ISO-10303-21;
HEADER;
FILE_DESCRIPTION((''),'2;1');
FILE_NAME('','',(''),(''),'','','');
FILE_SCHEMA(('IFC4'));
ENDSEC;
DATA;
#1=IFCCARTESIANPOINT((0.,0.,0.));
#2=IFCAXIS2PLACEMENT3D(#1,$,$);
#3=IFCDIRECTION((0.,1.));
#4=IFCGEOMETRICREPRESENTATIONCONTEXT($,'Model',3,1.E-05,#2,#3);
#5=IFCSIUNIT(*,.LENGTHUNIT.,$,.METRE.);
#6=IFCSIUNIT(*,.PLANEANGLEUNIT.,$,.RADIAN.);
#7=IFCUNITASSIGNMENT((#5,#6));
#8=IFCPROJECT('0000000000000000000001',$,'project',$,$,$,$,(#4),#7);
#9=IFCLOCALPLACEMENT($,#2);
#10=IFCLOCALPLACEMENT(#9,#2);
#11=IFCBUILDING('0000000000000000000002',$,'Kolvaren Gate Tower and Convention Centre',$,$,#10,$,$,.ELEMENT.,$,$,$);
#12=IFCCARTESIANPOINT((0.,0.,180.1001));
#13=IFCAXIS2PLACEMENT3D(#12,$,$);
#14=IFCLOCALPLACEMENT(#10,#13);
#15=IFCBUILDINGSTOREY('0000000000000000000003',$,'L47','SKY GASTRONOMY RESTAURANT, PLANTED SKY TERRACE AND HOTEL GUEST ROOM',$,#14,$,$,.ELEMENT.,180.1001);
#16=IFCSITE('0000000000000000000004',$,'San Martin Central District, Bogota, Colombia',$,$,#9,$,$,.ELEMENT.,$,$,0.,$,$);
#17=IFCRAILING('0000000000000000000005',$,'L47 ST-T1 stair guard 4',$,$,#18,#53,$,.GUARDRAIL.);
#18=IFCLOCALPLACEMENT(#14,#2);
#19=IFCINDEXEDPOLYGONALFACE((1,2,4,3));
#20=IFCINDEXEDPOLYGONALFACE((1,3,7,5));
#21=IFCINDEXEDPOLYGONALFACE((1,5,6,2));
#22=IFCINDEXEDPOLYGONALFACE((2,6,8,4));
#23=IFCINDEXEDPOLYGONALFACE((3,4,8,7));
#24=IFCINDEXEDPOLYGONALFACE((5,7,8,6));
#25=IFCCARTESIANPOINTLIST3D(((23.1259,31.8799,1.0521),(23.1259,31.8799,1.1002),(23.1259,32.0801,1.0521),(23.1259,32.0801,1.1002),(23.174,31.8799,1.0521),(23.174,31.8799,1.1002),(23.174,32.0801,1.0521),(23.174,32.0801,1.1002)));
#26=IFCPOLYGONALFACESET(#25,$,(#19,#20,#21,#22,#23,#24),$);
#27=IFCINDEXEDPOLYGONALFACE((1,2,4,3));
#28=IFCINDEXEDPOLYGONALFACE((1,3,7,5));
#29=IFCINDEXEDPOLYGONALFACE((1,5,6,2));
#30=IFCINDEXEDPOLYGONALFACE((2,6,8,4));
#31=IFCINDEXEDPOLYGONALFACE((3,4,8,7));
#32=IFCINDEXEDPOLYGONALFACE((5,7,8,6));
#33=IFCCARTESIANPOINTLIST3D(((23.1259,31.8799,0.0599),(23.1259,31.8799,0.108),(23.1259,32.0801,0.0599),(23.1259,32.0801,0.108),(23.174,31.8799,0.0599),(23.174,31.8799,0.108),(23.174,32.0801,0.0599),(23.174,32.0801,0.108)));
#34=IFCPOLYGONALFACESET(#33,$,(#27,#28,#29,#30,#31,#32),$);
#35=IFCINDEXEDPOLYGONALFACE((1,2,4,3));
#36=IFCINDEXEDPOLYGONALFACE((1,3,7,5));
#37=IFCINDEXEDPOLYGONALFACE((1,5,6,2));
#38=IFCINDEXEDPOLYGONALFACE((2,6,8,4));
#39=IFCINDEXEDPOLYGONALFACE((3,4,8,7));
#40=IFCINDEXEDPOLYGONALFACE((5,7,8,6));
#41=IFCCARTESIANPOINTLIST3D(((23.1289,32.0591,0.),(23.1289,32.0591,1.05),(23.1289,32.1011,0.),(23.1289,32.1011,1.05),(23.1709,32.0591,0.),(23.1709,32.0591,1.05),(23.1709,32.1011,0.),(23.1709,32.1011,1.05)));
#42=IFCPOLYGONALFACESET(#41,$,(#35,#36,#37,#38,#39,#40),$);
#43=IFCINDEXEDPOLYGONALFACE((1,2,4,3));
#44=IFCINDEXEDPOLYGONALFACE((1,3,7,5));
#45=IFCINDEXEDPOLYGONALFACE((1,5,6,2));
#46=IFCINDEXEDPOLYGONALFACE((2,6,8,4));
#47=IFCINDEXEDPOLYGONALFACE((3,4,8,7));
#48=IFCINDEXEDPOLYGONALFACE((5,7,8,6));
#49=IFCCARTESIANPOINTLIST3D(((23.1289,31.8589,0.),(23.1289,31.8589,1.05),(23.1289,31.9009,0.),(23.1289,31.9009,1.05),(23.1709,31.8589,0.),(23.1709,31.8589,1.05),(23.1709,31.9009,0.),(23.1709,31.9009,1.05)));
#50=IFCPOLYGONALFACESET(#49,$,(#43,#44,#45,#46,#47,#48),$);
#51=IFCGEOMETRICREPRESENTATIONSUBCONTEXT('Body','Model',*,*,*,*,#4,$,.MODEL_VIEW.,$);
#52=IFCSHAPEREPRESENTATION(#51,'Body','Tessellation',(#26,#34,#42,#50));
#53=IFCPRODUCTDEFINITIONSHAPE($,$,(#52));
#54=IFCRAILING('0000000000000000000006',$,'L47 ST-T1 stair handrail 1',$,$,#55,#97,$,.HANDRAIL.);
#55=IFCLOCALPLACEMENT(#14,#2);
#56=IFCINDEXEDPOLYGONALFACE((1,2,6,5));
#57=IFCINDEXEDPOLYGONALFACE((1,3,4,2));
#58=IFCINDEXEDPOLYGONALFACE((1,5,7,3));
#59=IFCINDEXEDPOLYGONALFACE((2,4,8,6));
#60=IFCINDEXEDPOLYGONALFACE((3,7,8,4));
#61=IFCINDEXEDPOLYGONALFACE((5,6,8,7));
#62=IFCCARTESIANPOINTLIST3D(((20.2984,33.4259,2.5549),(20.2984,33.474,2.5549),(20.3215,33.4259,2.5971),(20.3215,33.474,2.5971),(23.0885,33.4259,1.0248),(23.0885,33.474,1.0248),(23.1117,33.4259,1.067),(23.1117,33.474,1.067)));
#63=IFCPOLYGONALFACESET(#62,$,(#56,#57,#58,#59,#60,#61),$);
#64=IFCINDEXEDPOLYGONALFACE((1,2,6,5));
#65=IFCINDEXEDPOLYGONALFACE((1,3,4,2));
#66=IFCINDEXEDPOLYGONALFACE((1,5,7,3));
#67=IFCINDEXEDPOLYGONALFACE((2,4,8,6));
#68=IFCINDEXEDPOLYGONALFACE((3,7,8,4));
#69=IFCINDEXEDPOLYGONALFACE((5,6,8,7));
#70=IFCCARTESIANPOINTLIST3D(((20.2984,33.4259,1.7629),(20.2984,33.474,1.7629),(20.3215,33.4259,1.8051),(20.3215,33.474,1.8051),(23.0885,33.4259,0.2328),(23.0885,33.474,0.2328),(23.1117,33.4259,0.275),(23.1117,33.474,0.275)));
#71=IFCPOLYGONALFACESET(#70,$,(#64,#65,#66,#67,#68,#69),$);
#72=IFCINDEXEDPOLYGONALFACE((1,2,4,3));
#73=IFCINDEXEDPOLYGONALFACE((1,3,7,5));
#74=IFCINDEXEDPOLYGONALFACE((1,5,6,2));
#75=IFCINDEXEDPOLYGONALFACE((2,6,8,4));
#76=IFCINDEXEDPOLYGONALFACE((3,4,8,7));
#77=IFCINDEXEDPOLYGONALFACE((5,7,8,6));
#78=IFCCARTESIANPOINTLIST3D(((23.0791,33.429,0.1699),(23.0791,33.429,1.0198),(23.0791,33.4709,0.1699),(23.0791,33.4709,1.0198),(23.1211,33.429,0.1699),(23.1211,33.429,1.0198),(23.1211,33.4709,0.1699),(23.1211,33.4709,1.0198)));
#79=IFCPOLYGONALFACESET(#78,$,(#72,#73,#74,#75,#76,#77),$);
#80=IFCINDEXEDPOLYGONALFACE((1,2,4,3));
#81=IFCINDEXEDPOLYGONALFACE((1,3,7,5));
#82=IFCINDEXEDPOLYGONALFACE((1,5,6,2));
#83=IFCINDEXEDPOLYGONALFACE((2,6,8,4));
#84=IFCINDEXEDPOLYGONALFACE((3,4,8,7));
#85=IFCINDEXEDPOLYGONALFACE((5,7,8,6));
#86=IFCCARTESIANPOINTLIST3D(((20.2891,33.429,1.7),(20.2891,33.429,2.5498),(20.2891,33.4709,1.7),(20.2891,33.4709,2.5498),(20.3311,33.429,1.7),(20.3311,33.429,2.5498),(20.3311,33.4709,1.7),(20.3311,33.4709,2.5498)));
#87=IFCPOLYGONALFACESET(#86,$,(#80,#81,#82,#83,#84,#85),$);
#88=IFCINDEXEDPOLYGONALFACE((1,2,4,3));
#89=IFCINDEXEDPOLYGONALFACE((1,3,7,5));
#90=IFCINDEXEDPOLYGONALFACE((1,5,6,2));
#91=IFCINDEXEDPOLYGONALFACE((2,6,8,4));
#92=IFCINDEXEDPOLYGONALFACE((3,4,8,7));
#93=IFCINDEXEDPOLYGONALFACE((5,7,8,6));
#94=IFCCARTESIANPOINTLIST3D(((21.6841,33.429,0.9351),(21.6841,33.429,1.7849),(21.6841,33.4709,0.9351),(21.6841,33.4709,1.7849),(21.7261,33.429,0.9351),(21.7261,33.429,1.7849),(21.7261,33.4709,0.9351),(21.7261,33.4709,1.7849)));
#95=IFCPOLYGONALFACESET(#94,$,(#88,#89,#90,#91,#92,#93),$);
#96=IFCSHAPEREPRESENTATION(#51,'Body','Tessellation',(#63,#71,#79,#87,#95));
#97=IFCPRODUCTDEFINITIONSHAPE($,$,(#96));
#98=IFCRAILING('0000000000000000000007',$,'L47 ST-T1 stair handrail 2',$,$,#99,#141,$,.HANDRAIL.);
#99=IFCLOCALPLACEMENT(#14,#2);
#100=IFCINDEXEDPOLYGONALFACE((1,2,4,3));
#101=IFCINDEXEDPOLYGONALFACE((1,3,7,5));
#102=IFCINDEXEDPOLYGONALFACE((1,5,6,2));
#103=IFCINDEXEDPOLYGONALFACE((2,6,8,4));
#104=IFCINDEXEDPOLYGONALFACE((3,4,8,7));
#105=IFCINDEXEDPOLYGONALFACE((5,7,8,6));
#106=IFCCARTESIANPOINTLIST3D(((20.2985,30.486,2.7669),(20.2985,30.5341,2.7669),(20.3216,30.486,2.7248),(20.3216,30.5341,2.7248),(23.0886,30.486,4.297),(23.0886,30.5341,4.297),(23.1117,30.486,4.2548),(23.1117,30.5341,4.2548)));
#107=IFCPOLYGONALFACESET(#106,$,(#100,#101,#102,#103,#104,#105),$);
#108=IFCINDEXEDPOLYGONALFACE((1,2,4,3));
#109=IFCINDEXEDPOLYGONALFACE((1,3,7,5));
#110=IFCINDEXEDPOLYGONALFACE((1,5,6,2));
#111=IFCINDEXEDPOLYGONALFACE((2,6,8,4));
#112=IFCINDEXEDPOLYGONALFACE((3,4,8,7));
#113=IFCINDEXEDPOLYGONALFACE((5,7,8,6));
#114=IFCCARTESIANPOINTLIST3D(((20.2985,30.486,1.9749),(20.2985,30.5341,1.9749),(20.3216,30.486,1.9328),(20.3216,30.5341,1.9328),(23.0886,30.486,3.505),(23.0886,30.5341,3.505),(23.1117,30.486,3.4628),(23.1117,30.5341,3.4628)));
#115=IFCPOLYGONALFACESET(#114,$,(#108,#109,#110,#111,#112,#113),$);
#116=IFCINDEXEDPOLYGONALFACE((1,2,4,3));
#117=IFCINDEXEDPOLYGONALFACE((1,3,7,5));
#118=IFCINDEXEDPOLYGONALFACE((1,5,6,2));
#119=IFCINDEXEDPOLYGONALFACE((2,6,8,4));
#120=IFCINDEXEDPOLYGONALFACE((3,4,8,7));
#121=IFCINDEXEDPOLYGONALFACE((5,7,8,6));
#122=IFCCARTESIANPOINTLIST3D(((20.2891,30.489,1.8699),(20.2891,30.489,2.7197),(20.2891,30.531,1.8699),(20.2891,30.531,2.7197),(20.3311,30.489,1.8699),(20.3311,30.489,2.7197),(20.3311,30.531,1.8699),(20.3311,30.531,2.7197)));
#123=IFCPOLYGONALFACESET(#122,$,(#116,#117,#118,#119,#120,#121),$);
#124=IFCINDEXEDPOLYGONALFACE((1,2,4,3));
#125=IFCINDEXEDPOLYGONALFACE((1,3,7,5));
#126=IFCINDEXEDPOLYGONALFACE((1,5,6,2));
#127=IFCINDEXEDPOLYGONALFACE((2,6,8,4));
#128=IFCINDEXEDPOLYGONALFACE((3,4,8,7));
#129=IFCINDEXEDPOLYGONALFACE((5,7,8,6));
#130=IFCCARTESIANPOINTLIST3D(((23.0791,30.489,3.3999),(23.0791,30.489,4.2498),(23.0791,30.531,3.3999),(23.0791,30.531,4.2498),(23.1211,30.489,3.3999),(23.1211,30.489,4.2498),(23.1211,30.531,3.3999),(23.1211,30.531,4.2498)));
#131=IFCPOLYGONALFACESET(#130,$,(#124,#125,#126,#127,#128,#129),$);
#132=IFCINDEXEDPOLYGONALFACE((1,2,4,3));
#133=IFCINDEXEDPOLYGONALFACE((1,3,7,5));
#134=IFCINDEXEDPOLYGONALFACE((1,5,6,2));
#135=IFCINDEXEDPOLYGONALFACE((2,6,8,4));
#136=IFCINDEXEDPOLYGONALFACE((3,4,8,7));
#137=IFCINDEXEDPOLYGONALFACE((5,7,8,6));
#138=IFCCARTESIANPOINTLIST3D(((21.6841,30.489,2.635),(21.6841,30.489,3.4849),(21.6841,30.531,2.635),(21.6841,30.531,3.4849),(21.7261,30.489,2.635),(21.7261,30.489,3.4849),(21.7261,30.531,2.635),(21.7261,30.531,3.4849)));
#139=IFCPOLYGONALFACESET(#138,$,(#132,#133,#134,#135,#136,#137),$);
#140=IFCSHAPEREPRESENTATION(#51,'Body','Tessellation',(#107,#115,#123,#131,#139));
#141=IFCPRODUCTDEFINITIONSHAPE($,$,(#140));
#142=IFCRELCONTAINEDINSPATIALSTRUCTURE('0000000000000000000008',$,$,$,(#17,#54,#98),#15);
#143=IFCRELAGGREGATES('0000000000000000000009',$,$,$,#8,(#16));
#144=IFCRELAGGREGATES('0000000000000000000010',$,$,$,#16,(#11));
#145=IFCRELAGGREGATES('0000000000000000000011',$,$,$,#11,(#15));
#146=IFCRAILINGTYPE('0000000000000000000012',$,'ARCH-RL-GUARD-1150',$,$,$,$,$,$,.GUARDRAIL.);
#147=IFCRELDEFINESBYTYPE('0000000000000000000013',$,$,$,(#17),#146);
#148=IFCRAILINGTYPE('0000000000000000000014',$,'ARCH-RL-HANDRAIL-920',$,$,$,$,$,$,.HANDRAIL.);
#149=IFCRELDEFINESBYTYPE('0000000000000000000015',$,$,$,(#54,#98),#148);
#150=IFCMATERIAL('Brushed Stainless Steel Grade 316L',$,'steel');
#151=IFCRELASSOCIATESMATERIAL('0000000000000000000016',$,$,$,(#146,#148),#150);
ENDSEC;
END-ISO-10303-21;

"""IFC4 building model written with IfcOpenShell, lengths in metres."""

from ifc_helpers import new_model, si_unit, direction, frame, origin, origin_2d, place, context, subcontext, project, spatial, rectangle, extrude, material, type_object, element, save


model = new_model("IFC4")

# Units and contexts
model_context = context("Model", 3, precision=1e-05, world=origin(), true_north=direction((0.0, 1.0)))
body_context = subcontext(model_context, "Body", "Model", "MODEL_VIEW")
ifc_project = project(units=[si_unit("LENGTHUNIT", "METRE"), si_unit("PLANEANGLEUNIT", "RADIAN")], contexts=[model_context])

# Site, building, storey
site_placement = place(None, origin())
site = spatial("IfcSite", under=ifc_project, at=site_placement, Name="San Martin Central District, Bogota, Colombia", CompositionType="ELEMENT", RefElevation=0.0)
building_placement = place(site_placement, origin())
building = spatial("IfcBuilding", under=site, at=building_placement, Name="Kolvaren Gate Tower and Convention Centre", CompositionType="ELEMENT")
storey_placement = place(building_placement, frame((0.0, 0.0, 180.1001)))
storey = spatial("IfcBuildingStorey", under=building, at=storey_placement, Name="L47", Description="SKY GASTRONOMY RESTAURANT, PLANTED SKY TERRACE AND HOTEL GUEST ROOM", CompositionType="ELEMENT", Elevation=180.1001)

# Shared definitions
ifc_material_1 = material(Name="Brushed Stainless Steel Grade 316L", Category="steel")

# Railings
railing_type_1 = type_object("IfcRailingType", Name="ARCH-RL-GUARD-1150", PredefinedType="GUARDRAIL", material=ifc_material_1)
railing_1_placement = place(storey_placement, frame((23.1499, 32.0801, 0.0)))
element("IfcRailing", 1, at=railing_1_placement, inside=storey, type_object=railing_type_1, Name="L47 ST-T1 stair guard 4", PredefinedType="GUARDRAIL", context=body_context, shape_type="SweptSolid", body=[
    extrude(rectangle(XDim=0.0481, YDim=0.0481, at=origin_2d()), frame((0.0, 0.0, 1.0762), z_axis=(0.0, -1.0, 0.0), x_axis=(1.0, 0.0, 0.0)), (0.0, 0.0, 1.0), 0.2002),
    extrude(rectangle(XDim=0.0481, YDim=0.0481, at=origin_2d()), frame((0.0, 0.0, 0.084), z_axis=(0.0, -1.0, 0.0), x_axis=(1.0, 0.0, 0.0)), (0.0, 0.0, 1.0), 0.2002),
    extrude(rectangle(XDim=0.042, YDim=0.042, at=origin_2d()), origin(), (0.0, 0.0, 1.0), 1.05),
    extrude(rectangle(XDim=0.042, YDim=0.042, at=origin_2d()), frame((0.0, -0.2002, 0.0)), (0.0, 0.0, 1.0), 1.05),
])
railing_type_2 = type_object("IfcRailingType", Name="ARCH-RL-HANDRAIL-920", PredefinedType="HANDRAIL", material=ifc_material_1)
railing_2_placement = place(storey_placement, frame((23.1001, 33.45, 0.1699)))
element("IfcRailing", 2, at=railing_2_placement, inside=storey, type_object=railing_type_2, Name="L47 ST-T1 stair handrail 1", PredefinedType="HANDRAIL", context=body_context, shape_type="SweptSolid", body=[
    extrude(rectangle(XDim=0.0481, YDim=0.0481, at=origin_2d()), frame((0.0, 0.0, 0.876), z_axis=(-0.876811, 0.0, 0.480835), x_axis=(0.0, -1.0, 0.0)), (0.0, 0.0, 1.0), 3.1821),
    extrude(rectangle(XDim=0.0481, YDim=0.0481, at=origin_2d()), frame((0.0, 0.0, 0.084), z_axis=(-0.876811, 0.0, 0.480835), x_axis=(0.0, -1.0, 0.0)), (0.0, 0.0, 1.0), 3.1821),
    extrude(rectangle(XDim=0.042, YDim=0.042, at=origin_2d()), origin(), (0.0, 0.0, 1.0), 0.8499),
    extrude(rectangle(XDim=0.042, YDim=0.042, at=origin_2d()), frame((-2.79, 0.0, 1.53)), (0.0, 0.0, 1.0), 0.8499),
    extrude(rectangle(XDim=0.042, YDim=0.042, at=origin_2d()), frame((-1.395, 0.0, 0.7651)), (0.0, 0.0, 1.0), 0.8499),
])
railing_3_placement = place(storey_placement, frame((20.3101, 30.51, 1.8699)))
element("IfcRailing", 3, at=railing_3_placement, inside=storey, type_object=railing_type_2, Name="L47 ST-T1 stair handrail 2", PredefinedType="HANDRAIL", context=body_context, shape_type="SweptSolid", body=[
    extrude(rectangle(XDim=0.0481, YDim=0.0481, at=origin_2d()), frame((0.0, 0.0, 0.876), z_axis=(0.876811, 0.0, 0.480835), x_axis=(0.0, 1.0, 0.0)), (0.0, 0.0, 1.0), 3.1821),
    extrude(rectangle(XDim=0.0481, YDim=0.0481, at=origin_2d()), frame((0.0, 0.0, 0.084), z_axis=(0.876811, 0.0, 0.480835), x_axis=(0.0, 1.0, 0.0)), (0.0, 0.0, 1.0), 3.1821),
    extrude(rectangle(XDim=0.042, YDim=0.042, at=origin_2d()), origin(), (0.0, 0.0, 1.0), 0.8499),
    extrude(rectangle(XDim=0.042, YDim=0.042, at=origin_2d()), frame((2.79, 0.0, 1.53)), (0.0, 0.0, 1.0), 0.8499),
    extrude(rectangle(XDim=0.042, YDim=0.042, at=origin_2d()), frame((1.395, 0.0, 0.7651)), (0.0, 0.0, 1.0), 0.8499),
])

save(model, "model.ifc")
